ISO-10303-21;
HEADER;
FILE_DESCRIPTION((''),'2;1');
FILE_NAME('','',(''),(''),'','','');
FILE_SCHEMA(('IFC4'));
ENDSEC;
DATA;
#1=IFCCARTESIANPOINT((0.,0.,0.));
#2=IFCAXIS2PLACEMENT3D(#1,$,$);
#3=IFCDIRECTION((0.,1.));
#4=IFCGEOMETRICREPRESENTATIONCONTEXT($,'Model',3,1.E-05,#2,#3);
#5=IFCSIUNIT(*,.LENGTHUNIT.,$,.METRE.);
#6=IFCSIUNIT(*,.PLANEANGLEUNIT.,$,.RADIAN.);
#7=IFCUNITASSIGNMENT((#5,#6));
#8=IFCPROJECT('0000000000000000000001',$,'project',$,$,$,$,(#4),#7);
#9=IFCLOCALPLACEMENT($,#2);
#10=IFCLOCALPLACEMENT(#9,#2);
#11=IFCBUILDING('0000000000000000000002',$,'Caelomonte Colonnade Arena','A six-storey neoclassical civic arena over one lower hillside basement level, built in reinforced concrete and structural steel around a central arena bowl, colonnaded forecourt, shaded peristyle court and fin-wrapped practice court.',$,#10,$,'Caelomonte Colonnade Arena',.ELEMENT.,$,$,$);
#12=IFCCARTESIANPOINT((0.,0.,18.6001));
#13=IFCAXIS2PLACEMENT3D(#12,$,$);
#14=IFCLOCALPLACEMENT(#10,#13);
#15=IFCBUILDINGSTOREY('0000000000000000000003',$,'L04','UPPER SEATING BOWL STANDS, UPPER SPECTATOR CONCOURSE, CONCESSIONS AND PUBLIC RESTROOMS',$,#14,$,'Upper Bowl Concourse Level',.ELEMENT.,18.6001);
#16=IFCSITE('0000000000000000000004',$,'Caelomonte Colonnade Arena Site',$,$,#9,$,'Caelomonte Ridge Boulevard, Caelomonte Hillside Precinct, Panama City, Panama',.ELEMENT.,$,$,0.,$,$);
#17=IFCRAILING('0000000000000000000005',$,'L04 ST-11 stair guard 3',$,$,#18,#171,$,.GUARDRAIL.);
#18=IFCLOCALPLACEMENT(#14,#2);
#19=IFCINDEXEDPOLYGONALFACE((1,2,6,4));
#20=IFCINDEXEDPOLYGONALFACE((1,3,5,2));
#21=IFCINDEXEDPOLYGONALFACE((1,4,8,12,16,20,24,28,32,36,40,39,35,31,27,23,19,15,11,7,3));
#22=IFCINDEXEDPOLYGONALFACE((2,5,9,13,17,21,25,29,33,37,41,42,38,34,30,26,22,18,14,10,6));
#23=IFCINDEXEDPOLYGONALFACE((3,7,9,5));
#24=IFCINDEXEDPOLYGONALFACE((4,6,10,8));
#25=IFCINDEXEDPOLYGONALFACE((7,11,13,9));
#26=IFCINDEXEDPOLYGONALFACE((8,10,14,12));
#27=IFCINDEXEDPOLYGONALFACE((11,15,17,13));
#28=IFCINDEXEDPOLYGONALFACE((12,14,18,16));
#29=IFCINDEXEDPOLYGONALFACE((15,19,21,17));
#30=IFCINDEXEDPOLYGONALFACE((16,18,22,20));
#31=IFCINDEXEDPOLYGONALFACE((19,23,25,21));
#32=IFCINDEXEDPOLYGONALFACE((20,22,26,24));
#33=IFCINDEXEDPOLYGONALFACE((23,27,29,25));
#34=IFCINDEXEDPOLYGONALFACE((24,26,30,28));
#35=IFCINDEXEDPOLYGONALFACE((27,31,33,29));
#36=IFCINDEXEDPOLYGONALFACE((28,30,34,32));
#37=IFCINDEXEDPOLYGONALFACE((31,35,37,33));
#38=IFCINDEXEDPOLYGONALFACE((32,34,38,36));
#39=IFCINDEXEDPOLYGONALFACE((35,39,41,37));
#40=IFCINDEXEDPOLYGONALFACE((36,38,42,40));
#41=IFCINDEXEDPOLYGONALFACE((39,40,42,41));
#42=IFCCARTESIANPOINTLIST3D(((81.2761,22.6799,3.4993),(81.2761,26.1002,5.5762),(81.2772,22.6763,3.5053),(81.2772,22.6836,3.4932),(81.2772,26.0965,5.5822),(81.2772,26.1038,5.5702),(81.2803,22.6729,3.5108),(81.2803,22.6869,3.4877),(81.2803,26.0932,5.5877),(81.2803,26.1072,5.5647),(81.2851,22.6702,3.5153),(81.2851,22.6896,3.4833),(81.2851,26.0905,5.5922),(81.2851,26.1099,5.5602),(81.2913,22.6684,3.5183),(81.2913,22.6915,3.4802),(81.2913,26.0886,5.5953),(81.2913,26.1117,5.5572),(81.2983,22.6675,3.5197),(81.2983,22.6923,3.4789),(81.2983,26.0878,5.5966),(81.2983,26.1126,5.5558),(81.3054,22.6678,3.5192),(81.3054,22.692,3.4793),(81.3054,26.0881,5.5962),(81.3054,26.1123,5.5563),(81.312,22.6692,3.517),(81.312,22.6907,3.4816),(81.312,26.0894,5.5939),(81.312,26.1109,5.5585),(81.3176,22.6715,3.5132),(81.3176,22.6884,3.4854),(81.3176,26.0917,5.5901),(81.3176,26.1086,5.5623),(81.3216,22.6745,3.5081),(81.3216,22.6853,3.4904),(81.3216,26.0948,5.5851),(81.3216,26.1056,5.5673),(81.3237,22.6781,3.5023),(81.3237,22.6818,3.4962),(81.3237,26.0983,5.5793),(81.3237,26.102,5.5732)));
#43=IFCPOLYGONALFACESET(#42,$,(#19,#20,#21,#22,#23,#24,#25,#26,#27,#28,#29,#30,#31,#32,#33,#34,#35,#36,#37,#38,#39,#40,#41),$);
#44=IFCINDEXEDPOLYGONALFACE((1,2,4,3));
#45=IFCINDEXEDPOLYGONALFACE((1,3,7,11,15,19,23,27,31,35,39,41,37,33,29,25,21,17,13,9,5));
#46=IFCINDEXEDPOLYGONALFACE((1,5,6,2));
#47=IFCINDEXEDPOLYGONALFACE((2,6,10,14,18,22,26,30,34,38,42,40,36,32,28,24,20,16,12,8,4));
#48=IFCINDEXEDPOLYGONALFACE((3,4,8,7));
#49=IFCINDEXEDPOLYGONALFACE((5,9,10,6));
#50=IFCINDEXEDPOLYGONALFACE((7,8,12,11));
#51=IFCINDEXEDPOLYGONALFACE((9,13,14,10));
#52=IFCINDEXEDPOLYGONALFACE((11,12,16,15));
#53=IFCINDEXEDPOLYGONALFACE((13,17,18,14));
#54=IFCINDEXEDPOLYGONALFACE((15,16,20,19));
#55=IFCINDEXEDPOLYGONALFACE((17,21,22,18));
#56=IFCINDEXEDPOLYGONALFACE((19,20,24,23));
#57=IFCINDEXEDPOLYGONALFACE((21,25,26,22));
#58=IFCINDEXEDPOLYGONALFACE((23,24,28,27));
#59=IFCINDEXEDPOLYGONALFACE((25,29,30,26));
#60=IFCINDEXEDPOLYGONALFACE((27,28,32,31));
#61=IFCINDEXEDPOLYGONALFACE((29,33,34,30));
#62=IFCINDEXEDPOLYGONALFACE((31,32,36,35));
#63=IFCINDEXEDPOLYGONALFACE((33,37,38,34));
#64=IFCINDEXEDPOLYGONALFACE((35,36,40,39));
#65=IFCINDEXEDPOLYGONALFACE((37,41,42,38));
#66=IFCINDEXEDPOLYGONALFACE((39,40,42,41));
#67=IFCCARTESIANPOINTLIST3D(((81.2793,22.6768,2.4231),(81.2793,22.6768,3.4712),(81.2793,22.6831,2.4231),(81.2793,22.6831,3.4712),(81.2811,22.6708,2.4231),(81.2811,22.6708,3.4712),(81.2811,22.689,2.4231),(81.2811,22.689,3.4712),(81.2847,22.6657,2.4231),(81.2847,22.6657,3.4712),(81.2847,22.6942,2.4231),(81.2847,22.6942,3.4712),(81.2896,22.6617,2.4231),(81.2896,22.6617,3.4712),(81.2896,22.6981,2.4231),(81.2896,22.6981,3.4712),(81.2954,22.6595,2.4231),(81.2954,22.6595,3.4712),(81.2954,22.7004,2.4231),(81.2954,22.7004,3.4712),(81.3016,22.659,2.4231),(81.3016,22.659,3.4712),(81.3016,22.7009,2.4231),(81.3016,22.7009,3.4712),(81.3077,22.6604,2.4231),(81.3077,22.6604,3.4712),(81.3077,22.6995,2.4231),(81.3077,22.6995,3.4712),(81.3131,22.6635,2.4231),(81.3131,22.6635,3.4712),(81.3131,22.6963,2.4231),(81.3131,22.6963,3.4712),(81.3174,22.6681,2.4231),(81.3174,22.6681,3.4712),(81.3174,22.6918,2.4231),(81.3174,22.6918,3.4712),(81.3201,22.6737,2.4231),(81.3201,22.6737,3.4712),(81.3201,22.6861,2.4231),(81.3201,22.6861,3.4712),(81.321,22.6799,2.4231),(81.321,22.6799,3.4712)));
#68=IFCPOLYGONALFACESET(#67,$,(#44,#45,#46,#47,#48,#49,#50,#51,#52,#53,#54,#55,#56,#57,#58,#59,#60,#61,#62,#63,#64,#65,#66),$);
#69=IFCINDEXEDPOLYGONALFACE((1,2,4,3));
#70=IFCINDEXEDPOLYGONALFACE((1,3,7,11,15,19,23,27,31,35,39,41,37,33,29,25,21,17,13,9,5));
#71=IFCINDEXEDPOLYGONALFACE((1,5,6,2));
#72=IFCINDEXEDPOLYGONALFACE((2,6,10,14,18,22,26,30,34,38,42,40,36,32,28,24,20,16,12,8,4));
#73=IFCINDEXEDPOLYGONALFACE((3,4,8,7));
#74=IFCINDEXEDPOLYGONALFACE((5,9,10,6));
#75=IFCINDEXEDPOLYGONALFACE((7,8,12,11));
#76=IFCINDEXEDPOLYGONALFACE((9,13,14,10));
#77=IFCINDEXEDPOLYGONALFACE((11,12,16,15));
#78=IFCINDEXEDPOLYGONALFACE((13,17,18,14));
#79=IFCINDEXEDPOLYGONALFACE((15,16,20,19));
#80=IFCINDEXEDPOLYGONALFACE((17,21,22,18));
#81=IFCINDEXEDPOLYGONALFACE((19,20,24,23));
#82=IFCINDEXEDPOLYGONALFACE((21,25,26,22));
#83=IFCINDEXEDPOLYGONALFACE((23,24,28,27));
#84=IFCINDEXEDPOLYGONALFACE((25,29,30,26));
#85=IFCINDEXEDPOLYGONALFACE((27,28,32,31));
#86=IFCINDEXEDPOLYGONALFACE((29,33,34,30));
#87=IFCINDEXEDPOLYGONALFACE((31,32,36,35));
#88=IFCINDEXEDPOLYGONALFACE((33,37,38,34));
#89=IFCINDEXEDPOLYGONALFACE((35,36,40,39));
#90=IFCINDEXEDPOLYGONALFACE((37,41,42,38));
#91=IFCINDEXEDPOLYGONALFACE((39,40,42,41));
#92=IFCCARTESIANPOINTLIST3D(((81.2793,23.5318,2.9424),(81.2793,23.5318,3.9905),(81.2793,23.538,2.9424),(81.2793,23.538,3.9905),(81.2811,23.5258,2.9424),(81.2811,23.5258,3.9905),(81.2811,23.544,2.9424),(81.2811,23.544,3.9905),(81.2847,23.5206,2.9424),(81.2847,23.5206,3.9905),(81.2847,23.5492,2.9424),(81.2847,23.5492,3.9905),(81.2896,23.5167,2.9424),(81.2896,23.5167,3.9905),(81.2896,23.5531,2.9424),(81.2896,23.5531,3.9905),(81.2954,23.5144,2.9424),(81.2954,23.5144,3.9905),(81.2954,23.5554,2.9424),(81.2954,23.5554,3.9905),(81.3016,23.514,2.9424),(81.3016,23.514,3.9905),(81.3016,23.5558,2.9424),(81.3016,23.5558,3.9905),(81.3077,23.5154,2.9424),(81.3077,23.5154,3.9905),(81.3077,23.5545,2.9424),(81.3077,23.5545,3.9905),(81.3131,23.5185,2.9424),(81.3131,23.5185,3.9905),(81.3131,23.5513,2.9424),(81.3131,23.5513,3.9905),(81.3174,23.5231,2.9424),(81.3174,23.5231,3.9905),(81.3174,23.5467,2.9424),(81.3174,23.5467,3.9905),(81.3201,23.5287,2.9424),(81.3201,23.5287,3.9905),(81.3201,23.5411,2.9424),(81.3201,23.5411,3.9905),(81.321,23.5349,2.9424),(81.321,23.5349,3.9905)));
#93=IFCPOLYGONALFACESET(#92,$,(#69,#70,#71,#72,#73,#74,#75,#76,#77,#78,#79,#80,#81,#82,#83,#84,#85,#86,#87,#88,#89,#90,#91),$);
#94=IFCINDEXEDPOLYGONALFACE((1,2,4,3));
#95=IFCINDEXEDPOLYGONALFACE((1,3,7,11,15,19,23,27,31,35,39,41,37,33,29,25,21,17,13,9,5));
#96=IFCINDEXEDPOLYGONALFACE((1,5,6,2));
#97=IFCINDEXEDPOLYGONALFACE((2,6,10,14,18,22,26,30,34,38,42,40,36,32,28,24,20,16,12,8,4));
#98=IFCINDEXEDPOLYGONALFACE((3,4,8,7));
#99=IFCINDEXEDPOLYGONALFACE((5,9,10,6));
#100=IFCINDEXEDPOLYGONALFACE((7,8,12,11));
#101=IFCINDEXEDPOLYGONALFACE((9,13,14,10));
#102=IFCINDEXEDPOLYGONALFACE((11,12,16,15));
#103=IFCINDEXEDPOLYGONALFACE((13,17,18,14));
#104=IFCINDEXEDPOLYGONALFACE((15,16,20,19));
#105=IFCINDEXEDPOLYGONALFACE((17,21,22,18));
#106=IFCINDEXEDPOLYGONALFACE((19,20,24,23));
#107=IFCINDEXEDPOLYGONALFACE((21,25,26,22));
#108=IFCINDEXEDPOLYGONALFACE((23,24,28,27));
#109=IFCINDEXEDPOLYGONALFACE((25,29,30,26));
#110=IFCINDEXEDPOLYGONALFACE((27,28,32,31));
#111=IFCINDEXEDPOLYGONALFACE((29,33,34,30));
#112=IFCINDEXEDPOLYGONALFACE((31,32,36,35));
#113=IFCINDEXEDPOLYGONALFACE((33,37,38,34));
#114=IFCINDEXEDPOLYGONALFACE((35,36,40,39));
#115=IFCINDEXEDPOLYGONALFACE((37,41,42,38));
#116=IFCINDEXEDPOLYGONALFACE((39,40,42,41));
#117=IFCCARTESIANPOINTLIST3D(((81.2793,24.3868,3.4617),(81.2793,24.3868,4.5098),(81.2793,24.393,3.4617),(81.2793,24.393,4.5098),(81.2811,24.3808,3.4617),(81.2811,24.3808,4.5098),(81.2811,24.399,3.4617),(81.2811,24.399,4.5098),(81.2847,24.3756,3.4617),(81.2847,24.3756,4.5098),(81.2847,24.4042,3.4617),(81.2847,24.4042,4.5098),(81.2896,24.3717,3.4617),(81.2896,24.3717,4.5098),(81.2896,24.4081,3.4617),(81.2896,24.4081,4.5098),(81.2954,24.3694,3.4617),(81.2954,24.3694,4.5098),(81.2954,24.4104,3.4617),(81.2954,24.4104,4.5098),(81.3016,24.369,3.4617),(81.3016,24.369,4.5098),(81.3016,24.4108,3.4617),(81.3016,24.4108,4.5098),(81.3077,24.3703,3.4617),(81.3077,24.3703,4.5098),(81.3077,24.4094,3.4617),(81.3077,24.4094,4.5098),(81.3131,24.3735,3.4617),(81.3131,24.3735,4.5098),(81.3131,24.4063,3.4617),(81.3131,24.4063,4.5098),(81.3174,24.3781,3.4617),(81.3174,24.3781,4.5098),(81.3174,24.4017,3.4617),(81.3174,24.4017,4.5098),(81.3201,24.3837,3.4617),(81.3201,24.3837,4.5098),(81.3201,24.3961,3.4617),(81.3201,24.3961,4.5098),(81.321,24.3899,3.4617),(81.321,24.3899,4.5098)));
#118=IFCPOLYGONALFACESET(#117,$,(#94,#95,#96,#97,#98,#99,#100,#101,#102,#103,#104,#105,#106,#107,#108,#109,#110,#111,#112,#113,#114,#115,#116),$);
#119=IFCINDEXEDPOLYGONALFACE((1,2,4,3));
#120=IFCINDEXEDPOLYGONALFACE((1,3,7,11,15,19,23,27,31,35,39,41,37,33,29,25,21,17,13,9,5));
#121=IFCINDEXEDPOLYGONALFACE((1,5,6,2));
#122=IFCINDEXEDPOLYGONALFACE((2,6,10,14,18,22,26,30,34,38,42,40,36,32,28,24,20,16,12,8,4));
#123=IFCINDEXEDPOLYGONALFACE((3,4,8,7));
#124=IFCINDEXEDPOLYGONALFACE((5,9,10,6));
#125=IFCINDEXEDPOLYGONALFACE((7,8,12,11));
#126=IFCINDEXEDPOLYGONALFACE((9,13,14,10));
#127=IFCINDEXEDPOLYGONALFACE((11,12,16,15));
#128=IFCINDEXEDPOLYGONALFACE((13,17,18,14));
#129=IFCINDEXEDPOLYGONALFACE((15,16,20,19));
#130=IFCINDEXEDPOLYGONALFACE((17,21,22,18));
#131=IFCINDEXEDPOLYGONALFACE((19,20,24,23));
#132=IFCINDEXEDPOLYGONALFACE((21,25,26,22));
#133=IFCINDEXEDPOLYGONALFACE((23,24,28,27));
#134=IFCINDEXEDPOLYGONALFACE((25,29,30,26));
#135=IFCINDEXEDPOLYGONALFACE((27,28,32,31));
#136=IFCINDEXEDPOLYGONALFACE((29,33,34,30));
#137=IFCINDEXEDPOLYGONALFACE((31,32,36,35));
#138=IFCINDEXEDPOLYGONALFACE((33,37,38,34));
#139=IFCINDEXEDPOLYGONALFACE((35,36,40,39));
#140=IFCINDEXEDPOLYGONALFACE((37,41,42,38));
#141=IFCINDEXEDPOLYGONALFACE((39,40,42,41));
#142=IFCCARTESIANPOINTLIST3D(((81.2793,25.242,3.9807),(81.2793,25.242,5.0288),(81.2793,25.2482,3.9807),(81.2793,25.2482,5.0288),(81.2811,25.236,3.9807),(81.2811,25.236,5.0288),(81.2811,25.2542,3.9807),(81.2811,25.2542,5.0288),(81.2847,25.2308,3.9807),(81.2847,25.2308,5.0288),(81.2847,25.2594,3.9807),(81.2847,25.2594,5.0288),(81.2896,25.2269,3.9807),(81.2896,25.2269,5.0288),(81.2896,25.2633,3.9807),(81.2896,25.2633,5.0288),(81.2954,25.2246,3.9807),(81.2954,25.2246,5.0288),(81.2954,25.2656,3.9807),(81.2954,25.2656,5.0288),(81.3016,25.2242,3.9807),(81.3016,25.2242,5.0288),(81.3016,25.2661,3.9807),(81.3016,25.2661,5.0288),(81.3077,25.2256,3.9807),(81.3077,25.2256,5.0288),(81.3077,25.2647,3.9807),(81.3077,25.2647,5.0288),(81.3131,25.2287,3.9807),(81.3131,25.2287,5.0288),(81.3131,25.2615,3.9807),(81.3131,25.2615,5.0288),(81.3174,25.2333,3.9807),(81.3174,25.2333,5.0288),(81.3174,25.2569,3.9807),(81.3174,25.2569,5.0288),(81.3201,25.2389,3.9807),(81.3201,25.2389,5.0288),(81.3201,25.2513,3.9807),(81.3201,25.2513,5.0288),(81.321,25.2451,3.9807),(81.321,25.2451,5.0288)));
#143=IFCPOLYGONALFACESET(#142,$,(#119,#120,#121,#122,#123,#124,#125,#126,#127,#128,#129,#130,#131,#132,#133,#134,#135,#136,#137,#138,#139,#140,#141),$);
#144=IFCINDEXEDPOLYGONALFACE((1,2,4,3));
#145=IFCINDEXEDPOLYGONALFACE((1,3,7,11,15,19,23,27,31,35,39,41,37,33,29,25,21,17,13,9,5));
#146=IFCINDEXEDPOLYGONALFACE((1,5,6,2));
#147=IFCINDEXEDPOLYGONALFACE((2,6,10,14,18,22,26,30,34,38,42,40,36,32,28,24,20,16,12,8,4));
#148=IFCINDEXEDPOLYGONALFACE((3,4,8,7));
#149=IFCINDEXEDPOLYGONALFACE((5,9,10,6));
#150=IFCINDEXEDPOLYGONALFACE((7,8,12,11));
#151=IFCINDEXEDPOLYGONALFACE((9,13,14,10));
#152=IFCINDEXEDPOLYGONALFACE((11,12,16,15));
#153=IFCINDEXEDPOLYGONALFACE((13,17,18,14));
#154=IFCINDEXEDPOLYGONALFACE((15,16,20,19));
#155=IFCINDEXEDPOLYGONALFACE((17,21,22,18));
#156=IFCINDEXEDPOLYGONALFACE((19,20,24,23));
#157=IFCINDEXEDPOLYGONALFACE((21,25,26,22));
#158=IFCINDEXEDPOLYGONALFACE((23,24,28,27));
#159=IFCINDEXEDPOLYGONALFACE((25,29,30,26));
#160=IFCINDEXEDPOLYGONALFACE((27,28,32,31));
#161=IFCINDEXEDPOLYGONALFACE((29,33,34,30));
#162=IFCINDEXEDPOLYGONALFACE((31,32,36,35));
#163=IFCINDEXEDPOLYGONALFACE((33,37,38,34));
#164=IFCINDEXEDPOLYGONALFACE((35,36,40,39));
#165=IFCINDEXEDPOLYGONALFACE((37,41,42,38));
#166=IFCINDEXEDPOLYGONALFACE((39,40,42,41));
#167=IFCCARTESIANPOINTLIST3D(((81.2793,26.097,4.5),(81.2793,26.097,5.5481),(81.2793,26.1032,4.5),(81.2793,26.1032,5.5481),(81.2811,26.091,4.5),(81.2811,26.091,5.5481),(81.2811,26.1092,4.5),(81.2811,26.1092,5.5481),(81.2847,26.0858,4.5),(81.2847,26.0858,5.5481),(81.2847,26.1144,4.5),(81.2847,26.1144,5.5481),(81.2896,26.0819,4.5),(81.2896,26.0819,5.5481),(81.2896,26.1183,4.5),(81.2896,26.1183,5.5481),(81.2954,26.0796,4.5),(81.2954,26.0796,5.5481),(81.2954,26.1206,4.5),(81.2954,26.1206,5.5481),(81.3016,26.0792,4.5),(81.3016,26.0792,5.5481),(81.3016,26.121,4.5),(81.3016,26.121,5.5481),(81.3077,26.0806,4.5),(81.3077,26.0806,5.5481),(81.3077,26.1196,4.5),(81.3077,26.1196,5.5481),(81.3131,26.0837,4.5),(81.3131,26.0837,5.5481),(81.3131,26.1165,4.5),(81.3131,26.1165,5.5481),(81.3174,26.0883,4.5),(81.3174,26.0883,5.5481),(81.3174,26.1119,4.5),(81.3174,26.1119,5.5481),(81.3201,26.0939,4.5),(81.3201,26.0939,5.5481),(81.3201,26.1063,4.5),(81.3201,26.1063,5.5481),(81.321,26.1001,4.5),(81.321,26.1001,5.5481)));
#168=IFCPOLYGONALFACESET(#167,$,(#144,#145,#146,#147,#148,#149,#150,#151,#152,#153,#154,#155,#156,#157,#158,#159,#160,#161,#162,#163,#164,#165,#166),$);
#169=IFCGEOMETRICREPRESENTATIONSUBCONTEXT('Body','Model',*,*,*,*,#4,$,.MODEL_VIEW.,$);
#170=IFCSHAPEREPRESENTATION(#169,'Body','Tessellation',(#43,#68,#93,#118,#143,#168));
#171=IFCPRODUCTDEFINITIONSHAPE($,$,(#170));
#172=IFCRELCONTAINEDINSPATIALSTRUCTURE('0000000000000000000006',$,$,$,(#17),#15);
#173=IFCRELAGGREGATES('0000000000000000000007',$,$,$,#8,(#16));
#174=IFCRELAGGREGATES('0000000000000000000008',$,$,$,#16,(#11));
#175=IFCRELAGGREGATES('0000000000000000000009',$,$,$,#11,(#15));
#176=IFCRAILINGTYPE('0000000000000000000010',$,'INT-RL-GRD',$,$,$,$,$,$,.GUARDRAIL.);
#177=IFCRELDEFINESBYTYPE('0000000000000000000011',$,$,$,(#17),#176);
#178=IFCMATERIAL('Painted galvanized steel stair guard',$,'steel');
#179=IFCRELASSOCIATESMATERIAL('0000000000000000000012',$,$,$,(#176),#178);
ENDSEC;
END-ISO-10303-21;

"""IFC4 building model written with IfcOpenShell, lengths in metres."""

from ifc_helpers import new_model, si_unit, direction, frame, origin, origin_2d, place, context, subcontext, project, spatial, circle, extrude, material, type_object, element, save


model = new_model("IFC4")

# Units and contexts
model_context = context("Model", 3, precision=1e-05, world=origin(), true_north=direction((0.0, 1.0)))
body_context = subcontext(model_context, "Body", "Model", "MODEL_VIEW")
ifc_project = project(units=[si_unit("LENGTHUNIT", "METRE"), si_unit("PLANEANGLEUNIT", "RADIAN")], contexts=[model_context])

# Site, building, storey
site_placement = place(None, origin())
site = spatial("IfcSite", under=ifc_project, at=site_placement, Name="Caelomonte Colonnade Arena Site", LongName="Caelomonte Ridge Boulevard, Caelomonte Hillside Precinct, Panama City, Panama", CompositionType="ELEMENT", RefElevation=0.0)
building_placement = place(site_placement, origin())
building = spatial("IfcBuilding", under=site, at=building_placement, Name="Caelomonte Colonnade Arena", Description="A six-storey neoclassical civic arena over one lower hillside basement level, built in reinforced concrete and structural steel around a central arena bowl, colonnaded forecourt, shaded peristyle court and fin-wrapped practice court.", LongName="Caelomonte Colonnade Arena", CompositionType="ELEMENT")
storey_placement = place(building_placement, frame((0.0, 0.0, 18.6001)))
storey = spatial("IfcBuildingStorey", under=building, at=storey_placement, Name="L04", Description="UPPER SEATING BOWL STANDS, UPPER SPECTATOR CONCOURSE, CONCESSIONS AND PUBLIC RESTROOMS", LongName="Upper Bowl Concourse Level", CompositionType="ELEMENT", Elevation=18.6001)

# Railing
ifc_material_1 = material(Name="Painted galvanized steel stair guard", Category="steel")
railing_type_1 = type_object("IfcRailingType", Name="INT-RL-GRD", PredefinedType="GUARDRAIL", material=ifc_material_1)
railing_1_placement = place(storey_placement, frame((81.3, 22.6799, 2.4231)))
element("IfcRailing", 1, at=railing_1_placement, inside=storey, type_object=railing_type_1, Name="L04 ST-11 stair guard 3", PredefinedType="GUARDRAIL", context=body_context, shape_type="SweptSolid", body=[
    extrude(circle(Radius=0.0239, at=origin_2d()), frame((0.0, 0.0, 1.0762), z_axis=(0.0, 0.854746, 0.519047), x_axis=(-1.0, 0.0, 0.0)), (0.0, 0.0, 1.0), 4.0015),
    extrude(circle(Radius=0.021, at=origin_2d()), origin(), (0.0, 0.0, 1.0), 1.0481),
    extrude(circle(Radius=0.021, at=origin_2d()), frame((0.0, 0.855, 0.5193)), (0.0, 0.0, 1.0), 1.0481),
    extrude(circle(Radius=0.021, at=origin_2d()), frame((0.0, 1.71, 1.0386)), (0.0, 0.0, 1.0), 1.0481),
    extrude(circle(Radius=0.021, at=origin_2d()), frame((0.0, 2.5652, 1.5576)), (0.0, 0.0, 1.0), 1.0481),
    extrude(circle(Radius=0.021, at=origin_2d()), frame((0.0, 3.4202, 2.0769)), (0.0, 0.0, 1.0), 1.0481),
])

save(model, "model.ifc")
